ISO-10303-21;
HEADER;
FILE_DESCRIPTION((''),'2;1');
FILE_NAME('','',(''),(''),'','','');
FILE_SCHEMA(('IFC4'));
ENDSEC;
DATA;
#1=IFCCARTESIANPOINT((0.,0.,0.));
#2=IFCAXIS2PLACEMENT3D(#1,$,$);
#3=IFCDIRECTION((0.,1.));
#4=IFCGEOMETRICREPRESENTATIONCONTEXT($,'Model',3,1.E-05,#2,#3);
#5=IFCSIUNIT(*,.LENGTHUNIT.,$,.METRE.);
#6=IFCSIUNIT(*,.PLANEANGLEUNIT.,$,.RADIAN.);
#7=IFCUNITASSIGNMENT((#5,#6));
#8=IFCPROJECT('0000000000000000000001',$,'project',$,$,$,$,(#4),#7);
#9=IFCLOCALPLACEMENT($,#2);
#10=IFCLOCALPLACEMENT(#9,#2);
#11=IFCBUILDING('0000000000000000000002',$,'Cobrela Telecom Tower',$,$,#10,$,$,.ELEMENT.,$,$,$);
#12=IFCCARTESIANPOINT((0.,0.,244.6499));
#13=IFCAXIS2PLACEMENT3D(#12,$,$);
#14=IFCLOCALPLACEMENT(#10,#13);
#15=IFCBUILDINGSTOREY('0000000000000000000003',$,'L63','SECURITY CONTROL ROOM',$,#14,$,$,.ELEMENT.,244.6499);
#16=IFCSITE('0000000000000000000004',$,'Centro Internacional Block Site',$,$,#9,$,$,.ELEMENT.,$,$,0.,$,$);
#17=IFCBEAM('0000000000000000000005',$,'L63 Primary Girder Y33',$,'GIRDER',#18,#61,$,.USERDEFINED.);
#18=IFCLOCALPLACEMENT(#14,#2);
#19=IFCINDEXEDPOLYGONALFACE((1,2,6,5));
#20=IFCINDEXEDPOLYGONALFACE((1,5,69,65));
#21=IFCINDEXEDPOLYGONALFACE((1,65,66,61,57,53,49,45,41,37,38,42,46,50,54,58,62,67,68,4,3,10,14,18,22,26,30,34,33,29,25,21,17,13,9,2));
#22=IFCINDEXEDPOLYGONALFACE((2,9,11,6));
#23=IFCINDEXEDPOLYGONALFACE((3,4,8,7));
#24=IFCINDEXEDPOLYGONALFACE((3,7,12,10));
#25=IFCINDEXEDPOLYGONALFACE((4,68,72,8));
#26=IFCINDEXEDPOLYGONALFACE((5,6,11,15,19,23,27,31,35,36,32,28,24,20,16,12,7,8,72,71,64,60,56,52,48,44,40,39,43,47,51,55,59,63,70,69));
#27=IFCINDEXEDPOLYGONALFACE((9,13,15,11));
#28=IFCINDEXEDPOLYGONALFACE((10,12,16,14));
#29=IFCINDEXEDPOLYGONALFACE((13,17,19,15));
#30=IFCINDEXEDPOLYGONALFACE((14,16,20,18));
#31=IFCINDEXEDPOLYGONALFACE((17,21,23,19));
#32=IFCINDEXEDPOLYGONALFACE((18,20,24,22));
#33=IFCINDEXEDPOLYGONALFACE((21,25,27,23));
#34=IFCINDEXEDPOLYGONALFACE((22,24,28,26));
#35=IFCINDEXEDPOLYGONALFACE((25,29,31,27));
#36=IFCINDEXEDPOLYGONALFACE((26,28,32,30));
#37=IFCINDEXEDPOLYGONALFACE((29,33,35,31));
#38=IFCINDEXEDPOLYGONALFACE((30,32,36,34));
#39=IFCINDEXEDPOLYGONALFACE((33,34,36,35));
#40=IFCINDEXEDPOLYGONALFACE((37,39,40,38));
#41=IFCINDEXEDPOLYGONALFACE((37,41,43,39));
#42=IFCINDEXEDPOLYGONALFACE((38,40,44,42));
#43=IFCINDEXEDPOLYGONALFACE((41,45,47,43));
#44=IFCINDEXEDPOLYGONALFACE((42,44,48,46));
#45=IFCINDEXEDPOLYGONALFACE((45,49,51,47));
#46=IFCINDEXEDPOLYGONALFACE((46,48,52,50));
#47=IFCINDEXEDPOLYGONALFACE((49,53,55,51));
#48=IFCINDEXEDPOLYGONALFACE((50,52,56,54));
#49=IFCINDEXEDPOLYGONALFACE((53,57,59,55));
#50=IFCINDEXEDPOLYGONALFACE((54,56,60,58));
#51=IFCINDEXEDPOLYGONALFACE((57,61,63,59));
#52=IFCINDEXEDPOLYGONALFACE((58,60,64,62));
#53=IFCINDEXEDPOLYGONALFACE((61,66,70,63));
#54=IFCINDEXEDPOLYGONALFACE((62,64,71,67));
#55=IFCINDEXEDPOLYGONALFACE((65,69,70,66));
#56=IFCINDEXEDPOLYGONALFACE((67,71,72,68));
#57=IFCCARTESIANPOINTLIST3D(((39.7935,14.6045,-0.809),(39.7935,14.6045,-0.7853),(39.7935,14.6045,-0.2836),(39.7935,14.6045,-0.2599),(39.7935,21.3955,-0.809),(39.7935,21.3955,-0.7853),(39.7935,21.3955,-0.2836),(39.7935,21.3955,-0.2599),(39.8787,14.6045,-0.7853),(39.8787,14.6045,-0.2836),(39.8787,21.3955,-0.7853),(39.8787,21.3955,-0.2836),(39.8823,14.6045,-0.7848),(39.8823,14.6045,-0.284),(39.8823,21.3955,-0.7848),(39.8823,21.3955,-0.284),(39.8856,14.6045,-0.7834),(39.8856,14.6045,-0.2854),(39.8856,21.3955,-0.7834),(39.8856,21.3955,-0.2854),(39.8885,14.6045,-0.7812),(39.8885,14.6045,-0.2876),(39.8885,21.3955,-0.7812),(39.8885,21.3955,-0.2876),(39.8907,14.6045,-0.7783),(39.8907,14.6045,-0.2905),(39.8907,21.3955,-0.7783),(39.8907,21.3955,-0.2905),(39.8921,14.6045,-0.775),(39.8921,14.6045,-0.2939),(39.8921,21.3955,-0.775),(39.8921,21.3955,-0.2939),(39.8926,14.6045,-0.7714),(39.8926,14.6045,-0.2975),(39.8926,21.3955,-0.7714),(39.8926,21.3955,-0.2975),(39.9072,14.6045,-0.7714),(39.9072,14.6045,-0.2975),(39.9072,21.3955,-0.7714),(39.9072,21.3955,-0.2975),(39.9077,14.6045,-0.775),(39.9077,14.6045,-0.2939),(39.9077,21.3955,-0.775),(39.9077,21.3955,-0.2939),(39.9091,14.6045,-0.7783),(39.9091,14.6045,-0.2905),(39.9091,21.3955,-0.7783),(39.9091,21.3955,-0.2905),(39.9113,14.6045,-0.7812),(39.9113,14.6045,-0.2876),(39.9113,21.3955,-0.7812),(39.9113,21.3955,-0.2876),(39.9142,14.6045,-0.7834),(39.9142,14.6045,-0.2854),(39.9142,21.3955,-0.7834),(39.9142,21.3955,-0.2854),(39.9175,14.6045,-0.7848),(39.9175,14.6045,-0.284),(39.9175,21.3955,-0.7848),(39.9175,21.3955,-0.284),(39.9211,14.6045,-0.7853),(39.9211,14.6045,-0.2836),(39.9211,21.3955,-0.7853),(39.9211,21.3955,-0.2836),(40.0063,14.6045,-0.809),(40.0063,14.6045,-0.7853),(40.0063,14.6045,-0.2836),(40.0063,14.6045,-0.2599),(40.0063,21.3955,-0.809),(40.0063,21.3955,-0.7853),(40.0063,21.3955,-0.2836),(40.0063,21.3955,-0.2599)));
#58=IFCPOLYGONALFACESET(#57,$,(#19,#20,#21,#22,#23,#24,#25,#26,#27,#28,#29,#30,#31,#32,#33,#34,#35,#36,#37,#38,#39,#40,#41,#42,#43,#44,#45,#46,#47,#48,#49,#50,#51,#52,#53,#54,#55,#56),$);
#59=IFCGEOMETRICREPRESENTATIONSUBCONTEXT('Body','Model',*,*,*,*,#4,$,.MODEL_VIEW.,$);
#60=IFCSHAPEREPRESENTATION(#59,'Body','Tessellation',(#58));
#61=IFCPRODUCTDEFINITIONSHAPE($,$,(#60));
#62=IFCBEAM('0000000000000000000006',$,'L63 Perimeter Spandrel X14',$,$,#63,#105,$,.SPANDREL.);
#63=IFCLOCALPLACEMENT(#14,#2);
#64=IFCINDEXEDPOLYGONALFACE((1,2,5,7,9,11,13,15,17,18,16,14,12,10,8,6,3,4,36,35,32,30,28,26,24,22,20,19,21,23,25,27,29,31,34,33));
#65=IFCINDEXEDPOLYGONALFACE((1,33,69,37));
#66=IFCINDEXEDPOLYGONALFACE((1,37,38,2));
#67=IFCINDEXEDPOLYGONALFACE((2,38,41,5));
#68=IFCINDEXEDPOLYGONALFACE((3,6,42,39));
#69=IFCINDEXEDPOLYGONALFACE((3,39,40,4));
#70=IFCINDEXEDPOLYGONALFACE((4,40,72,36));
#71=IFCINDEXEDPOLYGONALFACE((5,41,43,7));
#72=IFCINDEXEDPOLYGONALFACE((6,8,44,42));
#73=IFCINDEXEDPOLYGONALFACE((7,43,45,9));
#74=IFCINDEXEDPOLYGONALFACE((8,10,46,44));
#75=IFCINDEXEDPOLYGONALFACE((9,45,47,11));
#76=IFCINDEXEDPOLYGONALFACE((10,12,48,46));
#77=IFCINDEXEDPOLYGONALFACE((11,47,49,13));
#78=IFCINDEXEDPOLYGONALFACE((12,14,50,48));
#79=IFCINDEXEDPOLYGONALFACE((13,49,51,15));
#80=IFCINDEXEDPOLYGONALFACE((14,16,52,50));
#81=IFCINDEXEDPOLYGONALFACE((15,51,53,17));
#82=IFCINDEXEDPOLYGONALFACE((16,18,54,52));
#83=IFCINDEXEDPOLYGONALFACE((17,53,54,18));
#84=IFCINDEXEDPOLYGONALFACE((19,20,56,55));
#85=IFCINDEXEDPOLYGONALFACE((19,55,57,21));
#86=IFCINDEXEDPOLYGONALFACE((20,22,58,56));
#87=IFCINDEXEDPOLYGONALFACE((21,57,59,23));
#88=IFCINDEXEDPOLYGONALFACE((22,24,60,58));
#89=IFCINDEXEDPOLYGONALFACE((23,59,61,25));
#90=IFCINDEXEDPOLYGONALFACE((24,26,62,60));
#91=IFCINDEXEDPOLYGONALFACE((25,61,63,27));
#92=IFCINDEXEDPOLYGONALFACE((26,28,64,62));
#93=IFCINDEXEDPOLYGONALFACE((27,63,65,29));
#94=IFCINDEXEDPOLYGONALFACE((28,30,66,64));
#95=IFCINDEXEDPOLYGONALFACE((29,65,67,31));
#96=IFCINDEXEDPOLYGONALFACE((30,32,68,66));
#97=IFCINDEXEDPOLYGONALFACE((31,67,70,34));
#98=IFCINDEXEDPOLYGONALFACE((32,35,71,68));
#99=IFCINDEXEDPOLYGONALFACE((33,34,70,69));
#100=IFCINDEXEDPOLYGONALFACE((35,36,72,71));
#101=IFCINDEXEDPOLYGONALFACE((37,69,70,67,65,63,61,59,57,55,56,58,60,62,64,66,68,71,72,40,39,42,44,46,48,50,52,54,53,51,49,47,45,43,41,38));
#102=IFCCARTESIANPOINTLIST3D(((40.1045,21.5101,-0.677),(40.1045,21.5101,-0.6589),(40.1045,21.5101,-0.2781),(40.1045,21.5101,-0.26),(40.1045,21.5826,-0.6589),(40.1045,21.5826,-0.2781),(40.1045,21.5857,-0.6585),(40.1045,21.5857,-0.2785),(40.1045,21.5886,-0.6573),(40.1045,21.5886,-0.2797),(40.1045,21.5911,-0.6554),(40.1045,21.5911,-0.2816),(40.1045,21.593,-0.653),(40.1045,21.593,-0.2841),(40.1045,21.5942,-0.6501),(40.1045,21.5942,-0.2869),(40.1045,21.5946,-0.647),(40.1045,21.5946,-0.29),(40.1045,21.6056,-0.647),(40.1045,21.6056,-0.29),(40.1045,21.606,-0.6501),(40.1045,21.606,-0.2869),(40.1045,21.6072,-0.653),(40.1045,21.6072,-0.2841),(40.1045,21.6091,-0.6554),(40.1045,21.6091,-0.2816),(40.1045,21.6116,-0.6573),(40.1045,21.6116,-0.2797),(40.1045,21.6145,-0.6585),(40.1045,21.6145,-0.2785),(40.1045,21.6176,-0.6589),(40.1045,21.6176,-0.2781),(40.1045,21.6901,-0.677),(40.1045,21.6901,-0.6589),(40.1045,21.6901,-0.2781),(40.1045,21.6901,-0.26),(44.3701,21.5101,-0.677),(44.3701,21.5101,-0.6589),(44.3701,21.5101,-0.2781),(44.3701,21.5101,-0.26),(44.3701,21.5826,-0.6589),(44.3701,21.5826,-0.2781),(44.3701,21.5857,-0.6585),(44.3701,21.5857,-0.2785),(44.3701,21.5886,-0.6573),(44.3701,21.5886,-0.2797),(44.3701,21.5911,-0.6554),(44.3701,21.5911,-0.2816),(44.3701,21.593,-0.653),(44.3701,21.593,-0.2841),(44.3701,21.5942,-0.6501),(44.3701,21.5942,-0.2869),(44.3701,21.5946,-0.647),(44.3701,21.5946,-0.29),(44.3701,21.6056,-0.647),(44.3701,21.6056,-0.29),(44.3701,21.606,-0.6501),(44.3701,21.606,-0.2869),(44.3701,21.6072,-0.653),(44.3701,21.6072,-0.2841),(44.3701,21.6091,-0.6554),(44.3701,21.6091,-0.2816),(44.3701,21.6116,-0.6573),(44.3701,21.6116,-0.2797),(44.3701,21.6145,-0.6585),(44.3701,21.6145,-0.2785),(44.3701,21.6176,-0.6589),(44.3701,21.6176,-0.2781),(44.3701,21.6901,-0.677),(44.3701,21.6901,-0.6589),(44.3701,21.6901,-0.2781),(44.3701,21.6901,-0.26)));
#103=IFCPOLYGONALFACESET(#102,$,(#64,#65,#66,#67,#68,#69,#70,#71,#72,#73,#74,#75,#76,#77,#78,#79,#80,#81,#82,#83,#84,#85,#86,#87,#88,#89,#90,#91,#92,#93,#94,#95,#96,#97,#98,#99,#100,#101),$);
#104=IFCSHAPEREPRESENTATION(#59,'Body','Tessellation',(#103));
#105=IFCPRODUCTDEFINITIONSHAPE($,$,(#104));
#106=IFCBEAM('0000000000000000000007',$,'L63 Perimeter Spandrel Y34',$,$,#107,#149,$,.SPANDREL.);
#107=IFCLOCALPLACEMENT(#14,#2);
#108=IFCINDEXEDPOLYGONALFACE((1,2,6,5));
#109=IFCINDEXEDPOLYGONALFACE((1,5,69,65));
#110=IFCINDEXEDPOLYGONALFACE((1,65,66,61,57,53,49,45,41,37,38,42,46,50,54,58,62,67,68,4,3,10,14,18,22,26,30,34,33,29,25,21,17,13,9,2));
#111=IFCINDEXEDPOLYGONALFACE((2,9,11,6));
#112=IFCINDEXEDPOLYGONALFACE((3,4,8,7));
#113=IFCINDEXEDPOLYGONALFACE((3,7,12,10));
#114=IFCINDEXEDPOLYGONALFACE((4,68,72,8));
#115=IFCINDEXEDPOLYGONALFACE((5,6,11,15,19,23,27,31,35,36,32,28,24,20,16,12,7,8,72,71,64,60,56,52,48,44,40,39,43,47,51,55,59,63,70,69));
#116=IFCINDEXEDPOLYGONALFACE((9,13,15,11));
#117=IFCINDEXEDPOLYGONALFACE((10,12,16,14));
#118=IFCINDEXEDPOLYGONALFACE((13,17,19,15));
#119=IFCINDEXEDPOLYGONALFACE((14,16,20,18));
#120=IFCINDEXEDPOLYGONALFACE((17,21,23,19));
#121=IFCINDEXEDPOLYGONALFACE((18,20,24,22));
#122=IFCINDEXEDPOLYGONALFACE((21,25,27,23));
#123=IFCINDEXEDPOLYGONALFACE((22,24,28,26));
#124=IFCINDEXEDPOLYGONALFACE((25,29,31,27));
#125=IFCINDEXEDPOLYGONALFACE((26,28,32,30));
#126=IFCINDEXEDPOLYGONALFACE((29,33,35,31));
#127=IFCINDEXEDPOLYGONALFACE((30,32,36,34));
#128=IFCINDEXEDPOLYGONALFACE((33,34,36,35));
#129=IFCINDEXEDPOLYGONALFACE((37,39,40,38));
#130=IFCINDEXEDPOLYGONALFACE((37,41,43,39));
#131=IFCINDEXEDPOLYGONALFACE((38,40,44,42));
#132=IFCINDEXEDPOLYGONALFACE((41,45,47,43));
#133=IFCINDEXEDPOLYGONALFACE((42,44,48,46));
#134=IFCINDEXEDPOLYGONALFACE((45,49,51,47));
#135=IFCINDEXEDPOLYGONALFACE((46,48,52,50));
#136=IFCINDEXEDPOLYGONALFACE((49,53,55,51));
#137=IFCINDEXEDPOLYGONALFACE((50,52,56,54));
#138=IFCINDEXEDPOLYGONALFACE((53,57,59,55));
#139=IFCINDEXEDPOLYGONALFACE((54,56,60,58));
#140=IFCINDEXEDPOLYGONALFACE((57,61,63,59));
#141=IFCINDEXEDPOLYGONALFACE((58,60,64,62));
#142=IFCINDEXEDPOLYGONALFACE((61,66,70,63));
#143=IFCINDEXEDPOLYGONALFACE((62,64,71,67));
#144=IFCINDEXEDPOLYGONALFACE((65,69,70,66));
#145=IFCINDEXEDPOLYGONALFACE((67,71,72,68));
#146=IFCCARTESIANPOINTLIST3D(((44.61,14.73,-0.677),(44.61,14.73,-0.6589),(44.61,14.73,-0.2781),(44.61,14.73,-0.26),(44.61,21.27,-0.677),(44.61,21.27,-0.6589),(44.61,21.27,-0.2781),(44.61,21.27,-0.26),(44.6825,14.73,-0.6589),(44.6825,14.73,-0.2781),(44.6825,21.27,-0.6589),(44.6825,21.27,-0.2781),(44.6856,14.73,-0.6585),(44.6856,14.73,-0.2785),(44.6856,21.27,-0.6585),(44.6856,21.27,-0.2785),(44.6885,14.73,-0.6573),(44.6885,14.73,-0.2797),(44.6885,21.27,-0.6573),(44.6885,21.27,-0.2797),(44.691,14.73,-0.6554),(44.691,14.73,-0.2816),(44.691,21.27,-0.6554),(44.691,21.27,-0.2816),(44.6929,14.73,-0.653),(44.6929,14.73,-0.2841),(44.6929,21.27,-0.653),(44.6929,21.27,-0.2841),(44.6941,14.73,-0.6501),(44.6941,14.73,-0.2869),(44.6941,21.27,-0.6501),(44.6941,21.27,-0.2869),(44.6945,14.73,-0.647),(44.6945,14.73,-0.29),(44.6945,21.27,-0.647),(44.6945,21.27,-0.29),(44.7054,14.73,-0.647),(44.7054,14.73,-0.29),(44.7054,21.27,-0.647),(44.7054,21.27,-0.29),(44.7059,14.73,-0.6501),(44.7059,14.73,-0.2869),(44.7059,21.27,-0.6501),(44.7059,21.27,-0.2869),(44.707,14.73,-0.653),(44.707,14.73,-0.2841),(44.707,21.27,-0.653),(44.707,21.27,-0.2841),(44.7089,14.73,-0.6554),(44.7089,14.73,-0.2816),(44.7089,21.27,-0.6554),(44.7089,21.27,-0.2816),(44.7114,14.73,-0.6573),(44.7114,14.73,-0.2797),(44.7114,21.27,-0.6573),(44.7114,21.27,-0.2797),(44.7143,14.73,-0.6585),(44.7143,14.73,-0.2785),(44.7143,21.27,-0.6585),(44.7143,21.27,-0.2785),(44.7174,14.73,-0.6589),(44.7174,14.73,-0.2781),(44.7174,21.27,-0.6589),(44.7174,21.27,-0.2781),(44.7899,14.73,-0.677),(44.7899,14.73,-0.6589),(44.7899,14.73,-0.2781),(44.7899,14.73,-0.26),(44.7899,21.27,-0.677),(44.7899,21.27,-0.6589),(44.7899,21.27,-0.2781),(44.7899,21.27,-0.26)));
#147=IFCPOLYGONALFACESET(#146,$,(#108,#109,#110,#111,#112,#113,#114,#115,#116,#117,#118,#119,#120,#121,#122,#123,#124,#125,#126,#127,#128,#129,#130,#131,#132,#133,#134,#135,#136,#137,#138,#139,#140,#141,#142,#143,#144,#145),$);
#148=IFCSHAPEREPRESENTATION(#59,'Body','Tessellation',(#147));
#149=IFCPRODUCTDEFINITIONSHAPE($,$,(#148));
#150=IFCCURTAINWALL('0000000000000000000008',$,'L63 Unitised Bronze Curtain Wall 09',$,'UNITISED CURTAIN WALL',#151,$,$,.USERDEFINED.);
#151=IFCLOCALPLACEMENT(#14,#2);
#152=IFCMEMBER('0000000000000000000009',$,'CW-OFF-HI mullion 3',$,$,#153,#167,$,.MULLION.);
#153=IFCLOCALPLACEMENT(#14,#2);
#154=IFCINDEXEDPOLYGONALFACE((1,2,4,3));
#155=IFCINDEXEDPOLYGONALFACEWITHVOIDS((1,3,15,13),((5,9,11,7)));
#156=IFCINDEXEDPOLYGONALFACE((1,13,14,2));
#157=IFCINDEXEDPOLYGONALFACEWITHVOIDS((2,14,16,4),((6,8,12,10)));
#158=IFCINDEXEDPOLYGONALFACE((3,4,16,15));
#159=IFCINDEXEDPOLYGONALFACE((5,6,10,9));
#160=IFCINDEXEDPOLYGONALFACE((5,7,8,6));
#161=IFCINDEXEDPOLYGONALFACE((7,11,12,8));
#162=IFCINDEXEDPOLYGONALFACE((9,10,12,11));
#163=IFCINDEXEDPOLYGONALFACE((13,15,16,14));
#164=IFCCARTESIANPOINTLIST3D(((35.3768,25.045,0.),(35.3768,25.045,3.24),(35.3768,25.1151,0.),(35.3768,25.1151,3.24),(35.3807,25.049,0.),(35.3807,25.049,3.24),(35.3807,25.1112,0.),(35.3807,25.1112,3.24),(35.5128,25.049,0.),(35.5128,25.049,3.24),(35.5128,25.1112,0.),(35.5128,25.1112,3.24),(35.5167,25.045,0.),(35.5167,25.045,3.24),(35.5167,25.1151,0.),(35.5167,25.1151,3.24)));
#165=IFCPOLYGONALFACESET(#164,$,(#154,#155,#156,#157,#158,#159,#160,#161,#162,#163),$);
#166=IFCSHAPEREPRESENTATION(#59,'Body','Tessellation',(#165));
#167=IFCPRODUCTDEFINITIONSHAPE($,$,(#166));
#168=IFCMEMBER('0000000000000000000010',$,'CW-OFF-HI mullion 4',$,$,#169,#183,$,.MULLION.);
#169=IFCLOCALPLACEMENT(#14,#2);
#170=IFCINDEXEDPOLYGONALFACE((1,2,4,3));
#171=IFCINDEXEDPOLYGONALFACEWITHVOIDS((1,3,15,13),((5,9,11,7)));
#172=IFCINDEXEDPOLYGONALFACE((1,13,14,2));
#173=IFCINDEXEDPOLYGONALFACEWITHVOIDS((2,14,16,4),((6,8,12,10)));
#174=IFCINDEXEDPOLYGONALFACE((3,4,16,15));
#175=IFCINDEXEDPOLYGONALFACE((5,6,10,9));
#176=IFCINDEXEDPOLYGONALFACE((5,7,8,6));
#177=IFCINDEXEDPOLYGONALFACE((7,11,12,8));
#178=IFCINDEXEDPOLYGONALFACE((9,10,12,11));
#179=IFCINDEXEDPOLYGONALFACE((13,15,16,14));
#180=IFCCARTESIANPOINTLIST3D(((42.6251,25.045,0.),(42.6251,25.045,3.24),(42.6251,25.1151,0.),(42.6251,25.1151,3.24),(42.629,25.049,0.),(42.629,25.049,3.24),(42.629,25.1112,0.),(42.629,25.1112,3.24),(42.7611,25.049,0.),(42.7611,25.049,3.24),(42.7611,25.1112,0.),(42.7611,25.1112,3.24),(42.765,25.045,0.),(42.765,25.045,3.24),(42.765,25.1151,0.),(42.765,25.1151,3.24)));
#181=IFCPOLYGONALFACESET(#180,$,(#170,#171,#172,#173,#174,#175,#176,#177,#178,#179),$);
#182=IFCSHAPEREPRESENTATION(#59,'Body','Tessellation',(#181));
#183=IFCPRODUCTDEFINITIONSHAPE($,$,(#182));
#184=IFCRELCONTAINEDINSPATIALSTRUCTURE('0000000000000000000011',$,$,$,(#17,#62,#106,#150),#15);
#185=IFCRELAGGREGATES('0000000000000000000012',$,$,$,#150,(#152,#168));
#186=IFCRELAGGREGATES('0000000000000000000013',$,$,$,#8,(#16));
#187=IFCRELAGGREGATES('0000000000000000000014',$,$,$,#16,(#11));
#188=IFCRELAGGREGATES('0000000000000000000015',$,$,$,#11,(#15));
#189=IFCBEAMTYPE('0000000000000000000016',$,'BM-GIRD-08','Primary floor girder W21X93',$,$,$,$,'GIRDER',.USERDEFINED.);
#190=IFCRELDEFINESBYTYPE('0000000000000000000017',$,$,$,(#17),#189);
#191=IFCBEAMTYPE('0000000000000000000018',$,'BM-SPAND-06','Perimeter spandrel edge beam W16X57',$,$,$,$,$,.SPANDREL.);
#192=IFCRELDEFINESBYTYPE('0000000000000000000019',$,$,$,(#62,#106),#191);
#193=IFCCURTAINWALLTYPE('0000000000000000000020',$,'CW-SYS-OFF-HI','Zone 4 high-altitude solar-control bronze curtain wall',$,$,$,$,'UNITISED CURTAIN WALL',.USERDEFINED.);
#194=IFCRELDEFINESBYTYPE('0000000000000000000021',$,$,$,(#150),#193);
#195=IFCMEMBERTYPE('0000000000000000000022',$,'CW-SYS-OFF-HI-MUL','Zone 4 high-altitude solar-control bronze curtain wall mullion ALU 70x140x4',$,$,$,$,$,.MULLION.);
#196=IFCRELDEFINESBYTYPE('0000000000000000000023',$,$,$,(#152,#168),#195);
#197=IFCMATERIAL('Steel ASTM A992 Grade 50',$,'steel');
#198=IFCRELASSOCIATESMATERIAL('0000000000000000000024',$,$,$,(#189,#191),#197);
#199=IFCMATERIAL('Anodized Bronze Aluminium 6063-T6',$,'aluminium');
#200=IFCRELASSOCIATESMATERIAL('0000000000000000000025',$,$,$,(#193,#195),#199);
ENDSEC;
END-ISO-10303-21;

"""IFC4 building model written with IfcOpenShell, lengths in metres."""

from ifc_helpers import new_model, si_unit, direction, frame, origin, origin_2d, place, context, subcontext, project, spatial, hollow_rectangle, i_section, extrude, material, material_profile, profile_set, type_object, element, aggregate, save


model = new_model("IFC4")

# Units and contexts
model_context = context("Model", 3, precision=1e-05, world=origin(), true_north=direction((0.0, 1.0)))
body_context = subcontext(model_context, "Body", "Model", "MODEL_VIEW")
ifc_project = project(units=[si_unit("LENGTHUNIT", "METRE"), si_unit("PLANEANGLEUNIT", "RADIAN")], contexts=[model_context])

# Site, building, storey
site_placement = place(None, origin())
site = spatial("IfcSite", under=ifc_project, at=site_placement, Name="Centro Internacional Block Site", CompositionType="ELEMENT", RefElevation=0.0)
building_placement = place(site_placement, origin())
building = spatial("IfcBuilding", under=site, at=building_placement, Name="Cobrela Telecom Tower", CompositionType="ELEMENT")
storey_placement = place(building_placement, frame((0.0, 0.0, 244.6499)))
storey = spatial("IfcBuildingStorey", under=building, at=storey_placement, Name="L63", Description="SECURITY CONTROL ROOM", CompositionType="ELEMENT", Elevation=244.6499)

# Shared definitions
ifc_material_1 = material(Name="Steel ASTM A992 Grade 50", Category="steel")

# Beams
ifc_material_profile_1 = material_profile(ifc_material_1, i_section(OverallWidth=0.2129, OverallDepth=0.5491, WebThickness=0.0146, FlangeThickness=0.0237, FilletRadius=0.0139, at=origin_2d()), Name="W21X93")
ifc_profile_set_1 = profile_set([ifc_material_profile_1], Name="Steel ASTM A992 Grade 50")
beam_type_1 = type_object("IfcBeamType", Name="BM-GIRD-08", Description="Primary floor girder W21X93", ElementType="GIRDER", PredefinedType="USERDEFINED", material=ifc_profile_set_1)
for number, where, z_axis, x_axis, name in (
    (1, (39.8999, 14.6045, -0.5344), (0.0, 1.0, 0.0), (-1.0, 0.0, 0.0), "L63 Primary Girder Y33"),
):
    element("IfcBeam", number, at=place(storey_placement, frame(where, z_axis=z_axis, x_axis=x_axis)), inside=storey, type_object=beam_type_1, Name=name, ObjectType="GIRDER", PredefinedType="USERDEFINED", context=body_context, shape_type="SweptSolid", body=[
        extrude(i_section(OverallWidth=0.2129, OverallDepth=0.5491, WebThickness=0.0146, FlangeThickness=0.0237, FilletRadius=0.0139, at=origin_2d()), origin(), (0.0, 0.0, 1.0), 6.791),
    ])
ifc_material_profile_2 = material_profile(ifc_material_1, i_section(OverallWidth=0.1799, OverallDepth=0.417, WebThickness=0.011, FlangeThickness=0.0181, FilletRadius=0.012, at=origin_2d()), Name="W16X57")
ifc_profile_set_2 = profile_set([ifc_material_profile_2], Name="Steel ASTM A992 Grade 50")
beam_type_2 = type_object("IfcBeamType", Name="BM-SPAND-06", Description="Perimeter spandrel edge beam W16X57", PredefinedType="SPANDREL", material=ifc_profile_set_2)
beam_1_placement = place(storey_placement, frame((40.1045, 21.6001, -0.4685), z_axis=(1.0, 0.0, 0.0), x_axis=(0.0, 1.0, 0.0)))
element("IfcBeam", 2, at=beam_1_placement, inside=storey, type_object=beam_type_2, Name="L63 Perimeter Spandrel X14", PredefinedType="SPANDREL", context=body_context, shape_type="SweptSolid", body=[
    extrude(i_section(OverallWidth=0.1799, OverallDepth=0.417, WebThickness=0.011, FlangeThickness=0.0181, FilletRadius=0.012, at=origin_2d()), origin(), (0.0, 0.0, 1.0), 4.2656),
])
beam_2_placement = place(storey_placement, frame((44.7, 14.73, -0.4685), z_axis=(0.0, 1.0, 0.0), x_axis=(-1.0, 0.0, 0.0)))
element("IfcBeam", 3, at=beam_2_placement, inside=storey, type_object=beam_type_2, Name="L63 Perimeter Spandrel Y34", PredefinedType="SPANDREL", context=body_context, shape_type="SweptSolid", body=[
    extrude(i_section(OverallWidth=0.1799, OverallDepth=0.417, WebThickness=0.011, FlangeThickness=0.0181, FilletRadius=0.012, at=origin_2d()), origin(), (0.0, 0.0, 1.0), 6.54),
])

# Curtain wall, members
ifc_material_2 = material(Name="Anodized Bronze Aluminium 6063-T6", Category="aluminium")
curtain_wall_type = type_object("IfcCurtainWallType", Name="CW-SYS-OFF-HI", Description="Zone 4 high-altitude solar-control bronze curtain wall", ElementType="UNITISED CURTAIN WALL", PredefinedType="USERDEFINED", material=ifc_material_2)
curtain_wall_1_placement = place(storey_placement, origin())
curtain_wall_1 = element("IfcCurtainWall", 4, at=curtain_wall_1_placement, inside=storey, type_object=curtain_wall_type, Name="L63 Unitised Bronze Curtain Wall 09", ObjectType="UNITISED CURTAIN WALL", PredefinedType="USERDEFINED")
ifc_material_profile_3 = material_profile(ifc_material_2, hollow_rectangle(XDim=0.0701, YDim=0.1399, WallThickness=0.0039, at=origin_2d()), Name="ALU 70x140x4")
ifc_profile_set_3 = profile_set([ifc_material_profile_3], Name="Anodized Bronze Aluminium 6063-T6")
member_type_1 = type_object("IfcMemberType", Name="CW-SYS-OFF-HI-MUL", Description="Zone 4 high-altitude solar-control bronze curtain wall mullion ALU 70x140x4", PredefinedType="MULLION", material=ifc_profile_set_3)
member_1_placement = place(storey_placement, frame((35.4468, 25.0801, 0.0), z_axis=(0.0, 0.0, 1.0), x_axis=(0.0, 1.0, 0.0)))
member_1 = element("IfcMember", 5, at=member_1_placement, type_object=member_type_1, Name="CW-OFF-HI mullion 3", PredefinedType="MULLION", context=body_context, shape_type="SweptSolid", body=[
    extrude(hollow_rectangle(XDim=0.0701, YDim=0.1399, WallThickness=0.0039, at=origin_2d()), origin(), (0.0, 0.0, 1.0), 3.24),
])
member_2_placement = place(storey_placement, frame((42.6951, 25.0801, 0.0), z_axis=(0.0, 0.0, 1.0), x_axis=(0.0, 1.0, 0.0)))
member_2 = element("IfcMember", 6, at=member_2_placement, type_object=member_type_1, Name="CW-OFF-HI mullion 4", PredefinedType="MULLION", context=body_context, shape_type="SweptSolid", body=[
    extrude(hollow_rectangle(XDim=0.0701, YDim=0.1399, WallThickness=0.0039, at=origin_2d()), origin(), (0.0, 0.0, 1.0), 3.24),
])

aggregate(curtain_wall_1, [member_1, member_2])

save(model, "model.ifc")
